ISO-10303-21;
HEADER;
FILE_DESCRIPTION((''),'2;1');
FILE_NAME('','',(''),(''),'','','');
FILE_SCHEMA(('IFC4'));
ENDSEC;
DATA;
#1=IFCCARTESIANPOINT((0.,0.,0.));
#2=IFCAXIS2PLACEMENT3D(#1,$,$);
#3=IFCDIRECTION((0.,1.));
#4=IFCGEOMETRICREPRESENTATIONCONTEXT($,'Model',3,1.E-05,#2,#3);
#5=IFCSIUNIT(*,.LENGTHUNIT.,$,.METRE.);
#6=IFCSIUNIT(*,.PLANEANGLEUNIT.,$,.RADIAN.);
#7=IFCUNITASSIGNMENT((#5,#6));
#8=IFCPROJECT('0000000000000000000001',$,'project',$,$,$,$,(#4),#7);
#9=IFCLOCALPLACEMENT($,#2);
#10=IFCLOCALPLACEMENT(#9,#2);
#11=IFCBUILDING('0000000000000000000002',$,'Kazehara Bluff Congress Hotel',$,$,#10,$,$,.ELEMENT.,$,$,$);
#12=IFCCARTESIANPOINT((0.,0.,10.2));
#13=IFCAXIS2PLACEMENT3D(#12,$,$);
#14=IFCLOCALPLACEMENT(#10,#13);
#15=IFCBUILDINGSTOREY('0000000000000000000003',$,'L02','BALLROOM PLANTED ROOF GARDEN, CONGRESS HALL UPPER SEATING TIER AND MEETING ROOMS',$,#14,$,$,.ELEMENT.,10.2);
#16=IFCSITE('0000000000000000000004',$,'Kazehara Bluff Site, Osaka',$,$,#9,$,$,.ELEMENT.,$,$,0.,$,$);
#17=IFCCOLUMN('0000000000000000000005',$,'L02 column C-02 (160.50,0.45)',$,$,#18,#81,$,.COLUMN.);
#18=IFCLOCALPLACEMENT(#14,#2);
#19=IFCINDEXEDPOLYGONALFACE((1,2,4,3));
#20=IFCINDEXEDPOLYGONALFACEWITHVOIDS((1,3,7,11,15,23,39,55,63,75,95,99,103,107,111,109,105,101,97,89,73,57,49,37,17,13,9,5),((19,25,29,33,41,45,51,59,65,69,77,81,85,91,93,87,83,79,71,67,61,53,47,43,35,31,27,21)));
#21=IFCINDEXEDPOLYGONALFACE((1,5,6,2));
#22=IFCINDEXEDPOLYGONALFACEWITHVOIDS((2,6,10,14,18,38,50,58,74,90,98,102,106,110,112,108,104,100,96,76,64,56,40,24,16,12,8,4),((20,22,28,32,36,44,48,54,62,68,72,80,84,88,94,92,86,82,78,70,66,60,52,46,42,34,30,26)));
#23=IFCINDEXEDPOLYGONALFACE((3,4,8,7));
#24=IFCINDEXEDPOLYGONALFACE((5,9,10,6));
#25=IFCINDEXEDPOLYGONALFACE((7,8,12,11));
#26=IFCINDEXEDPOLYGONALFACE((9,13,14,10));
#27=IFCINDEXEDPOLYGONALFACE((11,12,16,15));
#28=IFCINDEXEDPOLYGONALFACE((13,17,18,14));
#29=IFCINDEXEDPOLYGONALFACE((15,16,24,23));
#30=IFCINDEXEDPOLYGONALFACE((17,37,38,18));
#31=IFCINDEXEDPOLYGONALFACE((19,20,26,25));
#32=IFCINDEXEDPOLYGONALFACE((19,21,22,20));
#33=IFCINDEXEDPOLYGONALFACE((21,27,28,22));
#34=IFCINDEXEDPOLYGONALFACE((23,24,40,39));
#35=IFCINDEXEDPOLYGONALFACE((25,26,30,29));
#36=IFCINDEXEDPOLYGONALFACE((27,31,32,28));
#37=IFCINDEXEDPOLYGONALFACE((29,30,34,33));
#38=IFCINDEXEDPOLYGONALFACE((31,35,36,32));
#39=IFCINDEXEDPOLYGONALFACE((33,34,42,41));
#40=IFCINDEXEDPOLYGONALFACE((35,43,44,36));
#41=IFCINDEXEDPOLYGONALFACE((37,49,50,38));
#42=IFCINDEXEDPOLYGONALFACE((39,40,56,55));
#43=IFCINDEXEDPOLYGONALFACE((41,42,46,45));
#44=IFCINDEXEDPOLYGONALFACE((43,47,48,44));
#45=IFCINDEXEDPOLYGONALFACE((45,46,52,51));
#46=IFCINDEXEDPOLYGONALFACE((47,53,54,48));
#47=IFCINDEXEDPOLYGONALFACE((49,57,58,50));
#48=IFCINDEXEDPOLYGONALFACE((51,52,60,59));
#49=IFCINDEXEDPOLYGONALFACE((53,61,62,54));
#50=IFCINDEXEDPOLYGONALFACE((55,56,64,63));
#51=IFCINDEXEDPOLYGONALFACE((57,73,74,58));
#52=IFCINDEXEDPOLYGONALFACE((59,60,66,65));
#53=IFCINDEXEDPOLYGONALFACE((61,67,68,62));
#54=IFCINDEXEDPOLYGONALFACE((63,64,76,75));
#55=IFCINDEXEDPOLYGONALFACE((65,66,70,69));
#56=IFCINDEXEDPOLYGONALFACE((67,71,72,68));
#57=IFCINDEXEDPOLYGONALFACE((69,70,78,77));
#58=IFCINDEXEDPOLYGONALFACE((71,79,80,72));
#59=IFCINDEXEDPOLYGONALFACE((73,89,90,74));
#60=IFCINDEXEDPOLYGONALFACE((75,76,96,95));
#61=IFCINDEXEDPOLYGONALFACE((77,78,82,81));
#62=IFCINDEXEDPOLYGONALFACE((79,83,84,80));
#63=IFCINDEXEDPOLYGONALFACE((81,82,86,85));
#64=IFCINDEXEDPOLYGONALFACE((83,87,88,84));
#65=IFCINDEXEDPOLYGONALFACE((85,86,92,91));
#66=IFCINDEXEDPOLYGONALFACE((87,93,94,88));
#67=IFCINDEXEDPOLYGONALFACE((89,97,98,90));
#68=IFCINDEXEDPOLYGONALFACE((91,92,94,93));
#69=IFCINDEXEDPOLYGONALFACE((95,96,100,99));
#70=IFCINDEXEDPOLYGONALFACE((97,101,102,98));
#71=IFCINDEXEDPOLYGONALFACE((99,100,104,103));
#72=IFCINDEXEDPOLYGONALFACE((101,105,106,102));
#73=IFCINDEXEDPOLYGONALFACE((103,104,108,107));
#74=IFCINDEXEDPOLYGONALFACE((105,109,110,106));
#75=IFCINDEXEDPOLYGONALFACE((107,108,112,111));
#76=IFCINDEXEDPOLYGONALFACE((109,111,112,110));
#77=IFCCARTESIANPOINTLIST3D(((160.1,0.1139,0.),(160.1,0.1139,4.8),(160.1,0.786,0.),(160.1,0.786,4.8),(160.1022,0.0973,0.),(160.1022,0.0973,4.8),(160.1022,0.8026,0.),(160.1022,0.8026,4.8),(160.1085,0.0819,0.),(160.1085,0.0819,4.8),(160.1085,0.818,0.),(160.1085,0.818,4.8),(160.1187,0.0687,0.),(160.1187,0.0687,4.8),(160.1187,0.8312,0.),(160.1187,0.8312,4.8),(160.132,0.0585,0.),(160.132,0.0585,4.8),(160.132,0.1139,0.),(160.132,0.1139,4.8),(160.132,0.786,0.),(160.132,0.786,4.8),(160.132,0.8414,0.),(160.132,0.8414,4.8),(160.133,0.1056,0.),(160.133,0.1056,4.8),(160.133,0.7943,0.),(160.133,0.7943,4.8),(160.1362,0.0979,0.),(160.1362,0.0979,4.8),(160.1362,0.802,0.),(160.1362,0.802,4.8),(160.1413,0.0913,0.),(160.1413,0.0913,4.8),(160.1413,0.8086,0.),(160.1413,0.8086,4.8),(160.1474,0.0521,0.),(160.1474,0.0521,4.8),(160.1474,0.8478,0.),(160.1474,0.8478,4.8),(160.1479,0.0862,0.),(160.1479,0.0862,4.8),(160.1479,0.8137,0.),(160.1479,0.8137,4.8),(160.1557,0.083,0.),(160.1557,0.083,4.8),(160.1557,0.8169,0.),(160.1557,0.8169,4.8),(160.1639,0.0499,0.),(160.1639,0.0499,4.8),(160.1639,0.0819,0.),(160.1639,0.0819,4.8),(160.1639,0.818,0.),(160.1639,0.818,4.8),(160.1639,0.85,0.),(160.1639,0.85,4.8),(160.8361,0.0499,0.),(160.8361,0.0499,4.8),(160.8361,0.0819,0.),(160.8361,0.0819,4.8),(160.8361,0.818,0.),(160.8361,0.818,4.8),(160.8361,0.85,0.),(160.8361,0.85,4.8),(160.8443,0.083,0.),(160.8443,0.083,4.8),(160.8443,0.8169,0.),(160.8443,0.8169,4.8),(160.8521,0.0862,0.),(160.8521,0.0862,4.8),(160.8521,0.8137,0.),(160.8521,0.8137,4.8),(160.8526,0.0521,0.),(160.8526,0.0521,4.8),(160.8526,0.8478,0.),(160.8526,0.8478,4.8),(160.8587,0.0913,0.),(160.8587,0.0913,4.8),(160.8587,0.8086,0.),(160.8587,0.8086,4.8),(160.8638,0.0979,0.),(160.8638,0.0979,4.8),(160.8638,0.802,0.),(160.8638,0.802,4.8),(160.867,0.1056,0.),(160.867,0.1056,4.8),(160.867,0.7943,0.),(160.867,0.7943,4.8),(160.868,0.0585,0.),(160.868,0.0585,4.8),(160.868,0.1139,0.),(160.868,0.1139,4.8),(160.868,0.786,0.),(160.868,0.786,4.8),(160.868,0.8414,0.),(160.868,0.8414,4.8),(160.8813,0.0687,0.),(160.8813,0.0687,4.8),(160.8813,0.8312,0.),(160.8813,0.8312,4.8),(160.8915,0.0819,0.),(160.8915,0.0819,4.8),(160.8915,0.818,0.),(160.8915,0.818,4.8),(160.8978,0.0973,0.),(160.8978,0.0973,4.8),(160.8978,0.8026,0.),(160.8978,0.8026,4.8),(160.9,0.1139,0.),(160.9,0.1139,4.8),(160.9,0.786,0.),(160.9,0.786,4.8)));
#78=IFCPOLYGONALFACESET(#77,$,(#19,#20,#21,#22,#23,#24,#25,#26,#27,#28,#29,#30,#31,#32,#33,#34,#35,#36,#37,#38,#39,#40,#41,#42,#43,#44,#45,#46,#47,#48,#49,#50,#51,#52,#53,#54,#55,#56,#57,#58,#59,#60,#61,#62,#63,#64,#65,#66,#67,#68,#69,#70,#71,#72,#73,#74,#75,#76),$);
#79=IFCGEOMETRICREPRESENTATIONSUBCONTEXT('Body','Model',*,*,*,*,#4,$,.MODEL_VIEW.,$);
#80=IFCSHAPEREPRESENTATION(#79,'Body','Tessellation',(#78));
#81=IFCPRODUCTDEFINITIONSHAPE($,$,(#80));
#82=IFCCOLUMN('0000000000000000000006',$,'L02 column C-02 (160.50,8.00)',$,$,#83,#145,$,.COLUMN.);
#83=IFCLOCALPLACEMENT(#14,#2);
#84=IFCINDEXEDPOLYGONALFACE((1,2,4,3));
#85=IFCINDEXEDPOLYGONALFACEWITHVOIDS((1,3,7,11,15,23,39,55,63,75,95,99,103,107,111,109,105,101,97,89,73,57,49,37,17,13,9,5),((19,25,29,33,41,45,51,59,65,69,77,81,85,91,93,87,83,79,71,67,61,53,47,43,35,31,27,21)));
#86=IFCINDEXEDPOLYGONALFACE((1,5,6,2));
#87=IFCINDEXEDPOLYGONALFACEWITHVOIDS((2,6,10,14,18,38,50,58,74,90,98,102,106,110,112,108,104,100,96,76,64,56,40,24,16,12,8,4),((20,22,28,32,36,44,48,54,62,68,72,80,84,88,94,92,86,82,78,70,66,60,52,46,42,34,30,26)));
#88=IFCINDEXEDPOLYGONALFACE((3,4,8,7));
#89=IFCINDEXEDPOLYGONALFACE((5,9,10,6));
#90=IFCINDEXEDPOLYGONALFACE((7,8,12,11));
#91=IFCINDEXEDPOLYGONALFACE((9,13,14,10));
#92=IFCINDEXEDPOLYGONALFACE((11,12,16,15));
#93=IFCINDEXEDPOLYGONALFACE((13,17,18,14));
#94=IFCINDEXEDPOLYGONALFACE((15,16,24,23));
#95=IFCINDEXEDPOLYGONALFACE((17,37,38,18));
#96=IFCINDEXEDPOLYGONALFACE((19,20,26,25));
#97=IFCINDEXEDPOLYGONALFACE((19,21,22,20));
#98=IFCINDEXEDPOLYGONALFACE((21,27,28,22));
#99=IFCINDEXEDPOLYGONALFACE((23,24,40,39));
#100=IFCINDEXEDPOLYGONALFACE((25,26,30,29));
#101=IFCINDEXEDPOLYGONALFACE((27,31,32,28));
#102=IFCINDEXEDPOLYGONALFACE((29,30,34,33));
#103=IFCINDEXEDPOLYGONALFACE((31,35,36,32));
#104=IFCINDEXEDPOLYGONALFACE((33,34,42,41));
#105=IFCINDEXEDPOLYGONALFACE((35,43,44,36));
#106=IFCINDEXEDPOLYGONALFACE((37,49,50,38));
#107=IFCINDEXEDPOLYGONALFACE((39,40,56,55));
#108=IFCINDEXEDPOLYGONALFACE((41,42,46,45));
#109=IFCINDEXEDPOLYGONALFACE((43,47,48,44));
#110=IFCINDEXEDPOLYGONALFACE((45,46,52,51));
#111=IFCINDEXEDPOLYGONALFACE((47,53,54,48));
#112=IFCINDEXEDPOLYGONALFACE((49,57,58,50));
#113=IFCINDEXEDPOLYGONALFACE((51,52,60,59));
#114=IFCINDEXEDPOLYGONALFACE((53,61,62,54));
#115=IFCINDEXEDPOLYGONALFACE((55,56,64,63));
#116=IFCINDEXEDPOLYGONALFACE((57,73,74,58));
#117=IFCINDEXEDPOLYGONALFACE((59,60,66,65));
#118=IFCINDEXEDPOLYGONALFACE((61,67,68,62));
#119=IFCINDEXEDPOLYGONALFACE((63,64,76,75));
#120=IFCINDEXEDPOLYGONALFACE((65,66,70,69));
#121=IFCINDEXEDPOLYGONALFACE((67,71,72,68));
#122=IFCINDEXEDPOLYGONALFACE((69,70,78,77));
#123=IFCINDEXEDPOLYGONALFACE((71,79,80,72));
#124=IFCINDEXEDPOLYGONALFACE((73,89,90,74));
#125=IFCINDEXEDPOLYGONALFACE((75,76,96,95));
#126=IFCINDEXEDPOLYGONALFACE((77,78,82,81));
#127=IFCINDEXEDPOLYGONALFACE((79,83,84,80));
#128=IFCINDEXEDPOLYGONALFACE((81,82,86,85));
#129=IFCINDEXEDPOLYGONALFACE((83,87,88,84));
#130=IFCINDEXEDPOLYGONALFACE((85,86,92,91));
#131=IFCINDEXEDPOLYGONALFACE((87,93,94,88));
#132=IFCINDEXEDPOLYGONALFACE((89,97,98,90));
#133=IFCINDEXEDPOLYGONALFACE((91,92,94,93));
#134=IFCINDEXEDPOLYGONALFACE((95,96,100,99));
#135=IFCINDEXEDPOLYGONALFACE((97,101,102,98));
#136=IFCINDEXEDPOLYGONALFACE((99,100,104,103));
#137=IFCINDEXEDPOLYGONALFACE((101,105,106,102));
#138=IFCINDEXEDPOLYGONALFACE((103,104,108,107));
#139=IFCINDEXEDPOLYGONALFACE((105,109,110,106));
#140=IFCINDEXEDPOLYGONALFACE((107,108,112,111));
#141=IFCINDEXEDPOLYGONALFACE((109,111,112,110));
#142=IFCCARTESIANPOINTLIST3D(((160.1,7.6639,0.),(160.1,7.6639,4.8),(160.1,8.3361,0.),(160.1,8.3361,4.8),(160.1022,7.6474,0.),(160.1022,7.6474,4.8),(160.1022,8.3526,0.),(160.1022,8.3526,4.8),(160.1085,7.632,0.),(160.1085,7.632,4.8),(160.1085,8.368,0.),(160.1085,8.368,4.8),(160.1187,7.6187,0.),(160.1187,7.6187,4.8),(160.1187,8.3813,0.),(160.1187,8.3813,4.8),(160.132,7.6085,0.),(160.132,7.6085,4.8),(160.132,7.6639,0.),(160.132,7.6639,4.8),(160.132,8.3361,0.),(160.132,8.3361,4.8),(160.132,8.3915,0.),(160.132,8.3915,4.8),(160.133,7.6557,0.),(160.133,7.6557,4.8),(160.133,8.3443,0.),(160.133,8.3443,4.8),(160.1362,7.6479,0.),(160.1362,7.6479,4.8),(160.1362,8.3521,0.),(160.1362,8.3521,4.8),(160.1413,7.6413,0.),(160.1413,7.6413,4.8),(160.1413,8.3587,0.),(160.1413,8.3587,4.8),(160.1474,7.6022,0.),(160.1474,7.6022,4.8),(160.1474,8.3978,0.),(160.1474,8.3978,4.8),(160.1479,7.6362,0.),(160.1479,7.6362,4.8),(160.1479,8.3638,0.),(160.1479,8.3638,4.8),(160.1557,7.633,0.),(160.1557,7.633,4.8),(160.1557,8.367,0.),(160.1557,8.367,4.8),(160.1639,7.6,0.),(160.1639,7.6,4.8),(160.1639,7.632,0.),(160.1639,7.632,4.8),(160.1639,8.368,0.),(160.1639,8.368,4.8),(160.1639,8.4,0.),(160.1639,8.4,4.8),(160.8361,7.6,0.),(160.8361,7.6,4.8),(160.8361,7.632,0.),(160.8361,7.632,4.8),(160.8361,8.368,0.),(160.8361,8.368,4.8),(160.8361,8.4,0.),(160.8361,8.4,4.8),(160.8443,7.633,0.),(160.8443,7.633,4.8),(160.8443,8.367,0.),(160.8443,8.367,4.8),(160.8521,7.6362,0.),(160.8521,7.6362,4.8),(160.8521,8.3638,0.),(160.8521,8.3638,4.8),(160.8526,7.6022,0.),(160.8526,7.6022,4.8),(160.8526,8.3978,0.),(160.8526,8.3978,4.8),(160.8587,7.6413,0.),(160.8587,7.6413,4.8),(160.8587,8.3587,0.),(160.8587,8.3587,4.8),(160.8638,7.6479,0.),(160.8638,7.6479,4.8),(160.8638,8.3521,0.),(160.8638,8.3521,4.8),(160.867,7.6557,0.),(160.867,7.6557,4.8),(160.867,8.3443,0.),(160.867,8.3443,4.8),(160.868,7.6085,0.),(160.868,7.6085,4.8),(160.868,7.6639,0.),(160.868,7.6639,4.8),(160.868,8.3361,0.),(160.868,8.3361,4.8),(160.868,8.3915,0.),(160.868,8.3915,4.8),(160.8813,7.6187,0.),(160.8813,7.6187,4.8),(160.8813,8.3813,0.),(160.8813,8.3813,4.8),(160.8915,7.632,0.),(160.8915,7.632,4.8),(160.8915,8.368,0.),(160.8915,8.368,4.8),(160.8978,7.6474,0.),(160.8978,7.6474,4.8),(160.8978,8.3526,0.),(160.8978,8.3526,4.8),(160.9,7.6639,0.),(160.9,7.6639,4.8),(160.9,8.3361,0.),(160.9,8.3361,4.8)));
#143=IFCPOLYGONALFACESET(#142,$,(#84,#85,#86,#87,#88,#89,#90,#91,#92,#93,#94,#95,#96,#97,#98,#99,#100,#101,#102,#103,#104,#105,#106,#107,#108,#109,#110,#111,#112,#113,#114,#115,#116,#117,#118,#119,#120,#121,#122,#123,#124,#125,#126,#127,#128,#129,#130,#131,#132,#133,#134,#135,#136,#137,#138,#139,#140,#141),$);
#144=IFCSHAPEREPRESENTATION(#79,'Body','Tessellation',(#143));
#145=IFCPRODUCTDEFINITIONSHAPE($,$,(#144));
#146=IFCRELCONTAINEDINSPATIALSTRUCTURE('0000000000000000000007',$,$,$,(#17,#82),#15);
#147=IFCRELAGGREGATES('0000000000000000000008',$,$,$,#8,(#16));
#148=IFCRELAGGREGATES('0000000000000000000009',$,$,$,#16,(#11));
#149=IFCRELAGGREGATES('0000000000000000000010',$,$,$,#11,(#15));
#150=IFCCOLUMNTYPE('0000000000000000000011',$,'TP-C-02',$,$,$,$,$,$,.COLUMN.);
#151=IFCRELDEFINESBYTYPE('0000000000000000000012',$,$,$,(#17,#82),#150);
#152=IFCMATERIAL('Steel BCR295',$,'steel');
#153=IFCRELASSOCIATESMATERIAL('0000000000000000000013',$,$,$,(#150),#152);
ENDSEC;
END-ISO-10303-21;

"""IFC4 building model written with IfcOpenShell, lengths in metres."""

from ifc_helpers import new_model, si_unit, direction, frame, origin, origin_2d, place, context, subcontext, project, spatial, hollow_rectangle, extrude, material, material_profile, profile_set, type_object, element, save


model = new_model("IFC4")

# Units and contexts
model_context = context("Model", 3, precision=1e-05, world=origin(), true_north=direction((0.0, 1.0)))
body_context = subcontext(model_context, "Body", "Model", "MODEL_VIEW")
ifc_project = project(units=[si_unit("LENGTHUNIT", "METRE"), si_unit("PLANEANGLEUNIT", "RADIAN")], contexts=[model_context])

# Site, building, storey
site_placement = place(None, origin())
site = spatial("IfcSite", under=ifc_project, at=site_placement, Name="Kazehara Bluff Site, Osaka", CompositionType="ELEMENT", RefElevation=0.0)
building_placement = place(site_placement, origin())
building = spatial("IfcBuilding", under=site, at=building_placement, Name="Kazehara Bluff Congress Hotel", CompositionType="ELEMENT")
storey_placement = place(building_placement, frame((0.0, 0.0, 10.2)))
storey = spatial("IfcBuildingStorey", under=building, at=storey_placement, Name="L02", Description="BALLROOM PLANTED ROOF GARDEN, CONGRESS HALL UPPER SEATING TIER AND MEETING ROOMS", CompositionType="ELEMENT", Elevation=10.2)

# Columns
ifc_material_1 = material(Name="Steel BCR295", Category="steel")
ifc_material_profile_1 = material_profile(ifc_material_1, hollow_rectangle(XDim=0.8, YDim=0.8, WallThickness=0.032, InnerFilletRadius=0.032, OuterFilletRadius=0.064, at=origin_2d()))
ifc_profile_set_1 = profile_set([ifc_material_profile_1], Name="Steel BCR295")
column_type = type_object("IfcColumnType", Name="TP-C-02", PredefinedType="COLUMN", material=ifc_profile_set_1)
for number, where, z_axis, x_axis, name in (
    (1, (160.5, 0.45, 0.0), (0.0, 0.0, 1.0), (1.0, 0.0, 0.0), "L02 column C-02 (160.50,0.45)"),
    (2, (160.5, 8.0, 0.0), (0.0, 0.0, 1.0), (1.0, 0.0, 0.0), "L02 column C-02 (160.50,8.00)"),
):
    element("IfcColumn", number, at=place(storey_placement, frame(where, z_axis=z_axis, x_axis=x_axis)), inside=storey, type_object=column_type, Name=name, PredefinedType="COLUMN", context=body_context, shape_type="SweptSolid", body=[
        extrude(hollow_rectangle(XDim=0.8, YDim=0.8, WallThickness=0.032, InnerFilletRadius=0.032, OuterFilletRadius=0.064, at=origin_2d()), origin(), (0.0, 0.0, 1.0), 4.8),
    ])

save(model, "model.ifc")
